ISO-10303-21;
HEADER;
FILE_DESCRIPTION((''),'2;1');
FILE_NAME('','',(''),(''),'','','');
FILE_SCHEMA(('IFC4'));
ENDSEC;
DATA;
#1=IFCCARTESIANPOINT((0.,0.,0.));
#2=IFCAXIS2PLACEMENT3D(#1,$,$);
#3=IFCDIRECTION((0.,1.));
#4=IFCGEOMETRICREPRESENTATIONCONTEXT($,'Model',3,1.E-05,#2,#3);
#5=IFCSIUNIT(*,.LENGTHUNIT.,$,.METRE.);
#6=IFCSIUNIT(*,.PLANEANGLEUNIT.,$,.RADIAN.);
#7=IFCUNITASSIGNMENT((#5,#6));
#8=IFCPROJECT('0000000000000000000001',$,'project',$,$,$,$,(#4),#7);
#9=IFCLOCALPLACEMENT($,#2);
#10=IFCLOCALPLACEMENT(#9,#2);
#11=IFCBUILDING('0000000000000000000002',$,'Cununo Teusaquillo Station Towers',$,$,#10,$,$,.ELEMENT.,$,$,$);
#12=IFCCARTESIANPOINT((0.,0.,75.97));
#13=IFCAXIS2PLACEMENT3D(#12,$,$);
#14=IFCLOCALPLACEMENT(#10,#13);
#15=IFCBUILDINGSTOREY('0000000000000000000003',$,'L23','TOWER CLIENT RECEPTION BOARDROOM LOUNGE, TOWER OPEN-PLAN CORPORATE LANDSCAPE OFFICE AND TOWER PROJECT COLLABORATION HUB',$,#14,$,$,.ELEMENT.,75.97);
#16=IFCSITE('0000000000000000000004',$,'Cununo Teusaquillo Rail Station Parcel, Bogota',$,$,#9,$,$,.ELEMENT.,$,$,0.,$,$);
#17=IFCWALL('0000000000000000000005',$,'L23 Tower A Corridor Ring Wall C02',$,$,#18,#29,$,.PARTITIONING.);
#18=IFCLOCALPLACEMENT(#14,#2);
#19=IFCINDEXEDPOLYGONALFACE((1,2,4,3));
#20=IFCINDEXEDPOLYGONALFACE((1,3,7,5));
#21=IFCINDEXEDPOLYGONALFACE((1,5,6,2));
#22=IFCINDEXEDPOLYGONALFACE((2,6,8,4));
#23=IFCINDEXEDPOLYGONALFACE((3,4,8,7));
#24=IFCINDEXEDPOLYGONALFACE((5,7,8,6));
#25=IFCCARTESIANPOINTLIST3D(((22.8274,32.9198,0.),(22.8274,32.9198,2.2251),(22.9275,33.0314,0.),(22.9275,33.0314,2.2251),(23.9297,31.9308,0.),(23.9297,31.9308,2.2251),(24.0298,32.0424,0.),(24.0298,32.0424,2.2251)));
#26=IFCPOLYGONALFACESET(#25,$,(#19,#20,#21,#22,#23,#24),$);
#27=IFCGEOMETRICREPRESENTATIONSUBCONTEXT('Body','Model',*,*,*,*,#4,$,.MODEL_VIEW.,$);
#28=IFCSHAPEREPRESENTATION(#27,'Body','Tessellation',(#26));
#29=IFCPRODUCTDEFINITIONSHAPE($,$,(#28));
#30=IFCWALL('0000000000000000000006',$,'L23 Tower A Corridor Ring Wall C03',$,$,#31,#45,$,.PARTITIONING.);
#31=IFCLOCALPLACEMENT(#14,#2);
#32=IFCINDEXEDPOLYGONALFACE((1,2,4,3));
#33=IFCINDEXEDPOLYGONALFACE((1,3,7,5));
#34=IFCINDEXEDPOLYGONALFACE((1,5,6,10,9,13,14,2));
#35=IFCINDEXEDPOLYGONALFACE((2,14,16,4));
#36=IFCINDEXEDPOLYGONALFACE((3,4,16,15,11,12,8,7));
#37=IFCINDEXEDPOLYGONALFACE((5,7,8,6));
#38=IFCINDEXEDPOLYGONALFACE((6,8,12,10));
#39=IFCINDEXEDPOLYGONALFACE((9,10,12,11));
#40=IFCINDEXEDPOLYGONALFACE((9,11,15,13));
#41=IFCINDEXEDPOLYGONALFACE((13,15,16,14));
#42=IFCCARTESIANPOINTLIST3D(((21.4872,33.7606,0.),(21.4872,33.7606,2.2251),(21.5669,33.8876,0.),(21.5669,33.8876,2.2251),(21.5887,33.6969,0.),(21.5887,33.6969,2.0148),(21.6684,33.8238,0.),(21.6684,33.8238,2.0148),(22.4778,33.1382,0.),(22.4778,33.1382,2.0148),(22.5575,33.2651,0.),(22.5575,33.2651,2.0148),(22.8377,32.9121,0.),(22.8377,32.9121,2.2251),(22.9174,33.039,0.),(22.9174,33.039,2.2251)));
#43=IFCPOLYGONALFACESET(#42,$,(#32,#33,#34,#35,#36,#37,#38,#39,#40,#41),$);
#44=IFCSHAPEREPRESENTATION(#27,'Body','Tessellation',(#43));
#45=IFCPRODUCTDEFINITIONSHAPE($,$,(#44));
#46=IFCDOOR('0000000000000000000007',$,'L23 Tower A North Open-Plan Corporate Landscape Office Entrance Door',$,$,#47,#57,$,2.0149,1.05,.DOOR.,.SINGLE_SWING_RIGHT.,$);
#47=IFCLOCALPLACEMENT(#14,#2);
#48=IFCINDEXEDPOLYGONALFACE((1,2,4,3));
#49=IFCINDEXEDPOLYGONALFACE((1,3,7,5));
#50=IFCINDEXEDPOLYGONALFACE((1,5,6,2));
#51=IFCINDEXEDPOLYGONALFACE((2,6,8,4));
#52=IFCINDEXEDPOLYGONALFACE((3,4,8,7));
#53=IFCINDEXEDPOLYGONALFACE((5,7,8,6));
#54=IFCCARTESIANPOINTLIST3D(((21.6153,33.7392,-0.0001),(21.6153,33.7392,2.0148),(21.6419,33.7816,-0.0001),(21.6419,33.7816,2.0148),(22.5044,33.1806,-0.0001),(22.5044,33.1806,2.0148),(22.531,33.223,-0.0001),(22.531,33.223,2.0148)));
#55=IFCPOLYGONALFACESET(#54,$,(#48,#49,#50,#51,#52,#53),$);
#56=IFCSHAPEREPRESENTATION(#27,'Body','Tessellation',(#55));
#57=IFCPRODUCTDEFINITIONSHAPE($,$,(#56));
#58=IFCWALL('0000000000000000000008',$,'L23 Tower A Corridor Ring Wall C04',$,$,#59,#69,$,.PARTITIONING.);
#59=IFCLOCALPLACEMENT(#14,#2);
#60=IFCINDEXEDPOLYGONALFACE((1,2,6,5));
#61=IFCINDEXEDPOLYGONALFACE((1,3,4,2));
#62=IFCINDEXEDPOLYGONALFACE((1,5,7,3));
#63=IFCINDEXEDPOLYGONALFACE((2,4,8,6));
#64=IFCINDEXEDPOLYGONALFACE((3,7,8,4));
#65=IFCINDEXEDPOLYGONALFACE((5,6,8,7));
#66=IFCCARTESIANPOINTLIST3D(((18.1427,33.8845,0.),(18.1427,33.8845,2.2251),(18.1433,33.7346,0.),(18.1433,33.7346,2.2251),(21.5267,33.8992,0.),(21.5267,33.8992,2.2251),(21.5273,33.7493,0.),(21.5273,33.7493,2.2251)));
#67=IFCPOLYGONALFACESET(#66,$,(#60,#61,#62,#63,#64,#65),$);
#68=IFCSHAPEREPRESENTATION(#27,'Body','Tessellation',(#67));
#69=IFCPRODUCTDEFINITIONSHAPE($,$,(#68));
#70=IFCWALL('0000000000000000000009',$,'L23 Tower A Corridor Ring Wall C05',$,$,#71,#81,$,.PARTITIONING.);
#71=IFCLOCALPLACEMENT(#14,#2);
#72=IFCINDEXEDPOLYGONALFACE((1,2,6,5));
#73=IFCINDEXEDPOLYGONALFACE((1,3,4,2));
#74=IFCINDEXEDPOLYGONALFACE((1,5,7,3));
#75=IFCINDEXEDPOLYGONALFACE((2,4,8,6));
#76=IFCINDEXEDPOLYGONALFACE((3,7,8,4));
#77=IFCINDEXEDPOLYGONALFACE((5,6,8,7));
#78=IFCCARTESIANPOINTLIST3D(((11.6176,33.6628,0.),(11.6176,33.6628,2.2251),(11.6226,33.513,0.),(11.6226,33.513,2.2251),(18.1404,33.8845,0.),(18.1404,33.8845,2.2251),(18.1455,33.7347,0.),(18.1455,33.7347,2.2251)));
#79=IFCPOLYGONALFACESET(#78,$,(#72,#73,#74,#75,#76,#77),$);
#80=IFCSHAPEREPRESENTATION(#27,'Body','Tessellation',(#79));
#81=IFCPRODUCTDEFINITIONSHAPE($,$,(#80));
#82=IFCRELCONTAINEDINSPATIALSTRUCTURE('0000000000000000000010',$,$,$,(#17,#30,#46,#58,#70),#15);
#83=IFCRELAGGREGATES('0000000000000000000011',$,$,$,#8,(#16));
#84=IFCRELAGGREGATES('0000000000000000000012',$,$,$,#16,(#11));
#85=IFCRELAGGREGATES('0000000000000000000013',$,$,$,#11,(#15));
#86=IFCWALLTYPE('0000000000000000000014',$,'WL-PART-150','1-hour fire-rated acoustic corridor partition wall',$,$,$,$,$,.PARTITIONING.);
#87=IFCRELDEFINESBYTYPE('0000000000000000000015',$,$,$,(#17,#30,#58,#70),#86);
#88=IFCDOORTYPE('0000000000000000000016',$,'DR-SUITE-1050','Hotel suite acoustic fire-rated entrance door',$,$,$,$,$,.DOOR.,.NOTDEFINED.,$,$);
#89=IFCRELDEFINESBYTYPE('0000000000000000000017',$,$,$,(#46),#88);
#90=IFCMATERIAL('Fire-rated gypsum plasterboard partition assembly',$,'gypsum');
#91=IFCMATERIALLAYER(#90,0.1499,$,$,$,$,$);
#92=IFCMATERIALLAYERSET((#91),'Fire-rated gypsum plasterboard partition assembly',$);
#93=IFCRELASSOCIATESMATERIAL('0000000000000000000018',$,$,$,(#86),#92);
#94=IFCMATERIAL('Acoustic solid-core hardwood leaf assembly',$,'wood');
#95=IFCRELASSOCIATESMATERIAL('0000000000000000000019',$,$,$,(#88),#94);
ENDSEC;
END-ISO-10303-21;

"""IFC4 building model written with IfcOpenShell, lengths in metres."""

from ifc_helpers import new_model, si_unit, direction, frame, frame_2d, origin, place, context, subcontext, project, spatial, rectangle, extrude, source, transform, mapped, material, layer, layer_set, type_object, element, fill, save


model = new_model("IFC4")

# Units and contexts
model_context = context("Model", 3, precision=1e-05, world=origin(), true_north=direction((0.0, 1.0)))
body_context = subcontext(model_context, "Body", "Model", "MODEL_VIEW")
ifc_project = project(units=[si_unit("LENGTHUNIT", "METRE"), si_unit("PLANEANGLEUNIT", "RADIAN")], contexts=[model_context])

# Site, building, storey
site_placement = place(None, origin())
site = spatial("IfcSite", under=ifc_project, at=site_placement, Name="Cununo Teusaquillo Rail Station Parcel, Bogota", CompositionType="ELEMENT", RefElevation=0.0)
building_placement = place(site_placement, origin())
building = spatial("IfcBuilding", under=site, at=building_placement, Name="Cununo Teusaquillo Station Towers", CompositionType="ELEMENT")
storey_placement = place(building_placement, frame((0.0, 0.0, 75.97)))
storey = spatial("IfcBuildingStorey", under=building, at=storey_placement, Name="L23", Description="TOWER CLIENT RECEPTION BOARDROOM LOUNGE, TOWER OPEN-PLAN CORPORATE LANDSCAPE OFFICE AND TOWER PROJECT COLLABORATION HUB", CompositionType="ELEMENT", Elevation=75.97)

# Wall
ifc_material_1 = material(Name="Fire-rated gypsum plasterboard partition assembly", Category="gypsum")
ifc_layer_1 = layer(ifc_material_1, 0.1499)
ifc_layer_set_1 = layer_set([ifc_layer_1], Name="Fire-rated gypsum plasterboard partition assembly")
wall_type_1 = type_object("IfcWallType", Name="WL-PART-150", Description="1-hour fire-rated acoustic corridor partition wall", PredefinedType="PARTITIONING", material=ifc_layer_set_1)
wall_1_placement = place(storey_placement, frame((23.9797, 31.9866, 0.0), z_axis=(0.0, 0.0, 1.0), x_axis=(-0.744318, 0.667825, 0.0)))
element("IfcWall", 1, at=wall_1_placement, inside=storey, type_object=wall_type_1, Name="L23 Tower A Corridor Ring Wall C02", PredefinedType="PARTITIONING", context=body_context, shape_type="SweptSolid", body=[
    extrude(rectangle(XDim=1.481, YDim=0.1499, at=frame_2d((0.7405, 0.0))), origin(), (0.0, 0.0, 1.0), 2.2251),
])

# Wall, opening, door
wall_2_placement = place(storey_placement, frame((22.8774, 32.9756, 0.0), z_axis=(0.0, 0.0, 1.0), x_axis=(-0.846723, 0.532034, 0.0)))
wall_2 = element("IfcWall", 2, at=wall_2_placement, inside=storey, type_object=wall_type_1, Name="L23 Tower A Corridor Ring Wall C03", PredefinedType="PARTITIONING", context=body_context, shape_type="SweptSolid", body=[
    extrude(rectangle(XDim=1.595, YDim=0.1499, at=frame_2d((0.7974, 0.0))), origin(), (0.0, 0.0, 1.0), 2.2251),
])
shared_shape_1 = source(origin(), body_context, "Body", "SweptSolid", [
    extrude(rectangle(XDim=1.05, YDim=2.0149, at=frame_2d((0.5249, 1.0073))), frame((0.0, 0.085, 0.0), z_axis=(0.0, -1.0, 0.0), x_axis=(1.0, 0.0, 0.0)), (0.0, 0.0, 1.0), 0.1699),
])
opening_1_placement = place(wall_2_placement, frame((0.425, 0.0, 0.0)))
opening_1 = element("IfcOpeningElement", 3, at=opening_1_placement, cuts=wall_2, PredefinedType="OPENING", context=body_context, shape_type="MappedRepresentation", body=[
    mapped(shared_shape_1, transform((0.0, 0.0, 0.0), x_axis=(1.0, 0.0, 0.0), y_axis=(0.0, 1.0, 0.0), z_axis=(0.0, 0.0, 1.0), scale=1.0)),
])
ifc_material_2 = material(Name="Acoustic solid-core hardwood leaf assembly", Category="wood")
door_type = type_object("IfcDoorType", Name="DR-SUITE-1050", Description="Hotel suite acoustic fire-rated entrance door", OperationType="NOTDEFINED", PredefinedType="DOOR", material=ifc_material_2)
shared_shape_2 = source(origin(), body_context, "Body", "SweptSolid", [
    extrude(rectangle(XDim=1.05, YDim=2.0149, at=frame_2d((0.5249, 1.0073))), frame((0.0, 0.0249, 0.0), z_axis=(0.0, -1.0, 0.0), x_axis=(1.0, 0.0, 0.0)), (0.0, 0.0, 1.0), 0.05),
])
door_placement = place(opening_1_placement, origin())
door = element("IfcDoor", 4, at=door_placement, inside=storey, type_object=door_type, Name="L23 Tower A North Open-Plan Corporate Landscape Office Entrance Door", OperationType="SINGLE_SWING_RIGHT", OverallHeight=2.0149, OverallWidth=1.05, PredefinedType="DOOR", context=body_context, shape_type="MappedRepresentation", body=[
    mapped(shared_shape_2, transform((0.0, 0.0, 0.0), x_axis=(1.0, 0.0, 0.0), y_axis=(0.0, 1.0, 0.0), z_axis=(0.0, 0.0, 1.0), scale=1.0)),
])
fill(opening_1, door)

# Walls
wall_3_placement = place(storey_placement, frame((21.5269, 33.8242, 0.0), z_axis=(0.0, 0.0, 1.0), x_axis=(-0.999991, -0.004329, 0.0)))
element("IfcWall", 5, at=wall_3_placement, inside=storey, type_object=wall_type_1, Name="L23 Tower A Corridor Ring Wall C04", PredefinedType="PARTITIONING", context=body_context, shape_type="SweptSolid", body=[
    extrude(rectangle(XDim=3.384, YDim=0.1499, at=frame_2d((1.6919, 0.0))), origin(), (0.0, 0.0, 1.0), 2.2251),
])
wall_4_placement = place(storey_placement, frame((18.1428, 33.8096, 0.0), z_axis=(0.0, 0.0, 1.0), x_axis=(-0.999423, -0.033965, 0.0)))
element("IfcWall", 6, at=wall_4_placement, inside=storey, type_object=wall_type_1, Name="L23 Tower A Corridor Ring Wall C05", PredefinedType="PARTITIONING", context=body_context, shape_type="SweptSolid", body=[
    extrude(rectangle(XDim=6.5266, YDim=0.1499, at=frame_2d((3.2632, 0.0))), origin(), (0.0, 0.0, 1.0), 2.2251),
])

save(model, "model.ifc")
